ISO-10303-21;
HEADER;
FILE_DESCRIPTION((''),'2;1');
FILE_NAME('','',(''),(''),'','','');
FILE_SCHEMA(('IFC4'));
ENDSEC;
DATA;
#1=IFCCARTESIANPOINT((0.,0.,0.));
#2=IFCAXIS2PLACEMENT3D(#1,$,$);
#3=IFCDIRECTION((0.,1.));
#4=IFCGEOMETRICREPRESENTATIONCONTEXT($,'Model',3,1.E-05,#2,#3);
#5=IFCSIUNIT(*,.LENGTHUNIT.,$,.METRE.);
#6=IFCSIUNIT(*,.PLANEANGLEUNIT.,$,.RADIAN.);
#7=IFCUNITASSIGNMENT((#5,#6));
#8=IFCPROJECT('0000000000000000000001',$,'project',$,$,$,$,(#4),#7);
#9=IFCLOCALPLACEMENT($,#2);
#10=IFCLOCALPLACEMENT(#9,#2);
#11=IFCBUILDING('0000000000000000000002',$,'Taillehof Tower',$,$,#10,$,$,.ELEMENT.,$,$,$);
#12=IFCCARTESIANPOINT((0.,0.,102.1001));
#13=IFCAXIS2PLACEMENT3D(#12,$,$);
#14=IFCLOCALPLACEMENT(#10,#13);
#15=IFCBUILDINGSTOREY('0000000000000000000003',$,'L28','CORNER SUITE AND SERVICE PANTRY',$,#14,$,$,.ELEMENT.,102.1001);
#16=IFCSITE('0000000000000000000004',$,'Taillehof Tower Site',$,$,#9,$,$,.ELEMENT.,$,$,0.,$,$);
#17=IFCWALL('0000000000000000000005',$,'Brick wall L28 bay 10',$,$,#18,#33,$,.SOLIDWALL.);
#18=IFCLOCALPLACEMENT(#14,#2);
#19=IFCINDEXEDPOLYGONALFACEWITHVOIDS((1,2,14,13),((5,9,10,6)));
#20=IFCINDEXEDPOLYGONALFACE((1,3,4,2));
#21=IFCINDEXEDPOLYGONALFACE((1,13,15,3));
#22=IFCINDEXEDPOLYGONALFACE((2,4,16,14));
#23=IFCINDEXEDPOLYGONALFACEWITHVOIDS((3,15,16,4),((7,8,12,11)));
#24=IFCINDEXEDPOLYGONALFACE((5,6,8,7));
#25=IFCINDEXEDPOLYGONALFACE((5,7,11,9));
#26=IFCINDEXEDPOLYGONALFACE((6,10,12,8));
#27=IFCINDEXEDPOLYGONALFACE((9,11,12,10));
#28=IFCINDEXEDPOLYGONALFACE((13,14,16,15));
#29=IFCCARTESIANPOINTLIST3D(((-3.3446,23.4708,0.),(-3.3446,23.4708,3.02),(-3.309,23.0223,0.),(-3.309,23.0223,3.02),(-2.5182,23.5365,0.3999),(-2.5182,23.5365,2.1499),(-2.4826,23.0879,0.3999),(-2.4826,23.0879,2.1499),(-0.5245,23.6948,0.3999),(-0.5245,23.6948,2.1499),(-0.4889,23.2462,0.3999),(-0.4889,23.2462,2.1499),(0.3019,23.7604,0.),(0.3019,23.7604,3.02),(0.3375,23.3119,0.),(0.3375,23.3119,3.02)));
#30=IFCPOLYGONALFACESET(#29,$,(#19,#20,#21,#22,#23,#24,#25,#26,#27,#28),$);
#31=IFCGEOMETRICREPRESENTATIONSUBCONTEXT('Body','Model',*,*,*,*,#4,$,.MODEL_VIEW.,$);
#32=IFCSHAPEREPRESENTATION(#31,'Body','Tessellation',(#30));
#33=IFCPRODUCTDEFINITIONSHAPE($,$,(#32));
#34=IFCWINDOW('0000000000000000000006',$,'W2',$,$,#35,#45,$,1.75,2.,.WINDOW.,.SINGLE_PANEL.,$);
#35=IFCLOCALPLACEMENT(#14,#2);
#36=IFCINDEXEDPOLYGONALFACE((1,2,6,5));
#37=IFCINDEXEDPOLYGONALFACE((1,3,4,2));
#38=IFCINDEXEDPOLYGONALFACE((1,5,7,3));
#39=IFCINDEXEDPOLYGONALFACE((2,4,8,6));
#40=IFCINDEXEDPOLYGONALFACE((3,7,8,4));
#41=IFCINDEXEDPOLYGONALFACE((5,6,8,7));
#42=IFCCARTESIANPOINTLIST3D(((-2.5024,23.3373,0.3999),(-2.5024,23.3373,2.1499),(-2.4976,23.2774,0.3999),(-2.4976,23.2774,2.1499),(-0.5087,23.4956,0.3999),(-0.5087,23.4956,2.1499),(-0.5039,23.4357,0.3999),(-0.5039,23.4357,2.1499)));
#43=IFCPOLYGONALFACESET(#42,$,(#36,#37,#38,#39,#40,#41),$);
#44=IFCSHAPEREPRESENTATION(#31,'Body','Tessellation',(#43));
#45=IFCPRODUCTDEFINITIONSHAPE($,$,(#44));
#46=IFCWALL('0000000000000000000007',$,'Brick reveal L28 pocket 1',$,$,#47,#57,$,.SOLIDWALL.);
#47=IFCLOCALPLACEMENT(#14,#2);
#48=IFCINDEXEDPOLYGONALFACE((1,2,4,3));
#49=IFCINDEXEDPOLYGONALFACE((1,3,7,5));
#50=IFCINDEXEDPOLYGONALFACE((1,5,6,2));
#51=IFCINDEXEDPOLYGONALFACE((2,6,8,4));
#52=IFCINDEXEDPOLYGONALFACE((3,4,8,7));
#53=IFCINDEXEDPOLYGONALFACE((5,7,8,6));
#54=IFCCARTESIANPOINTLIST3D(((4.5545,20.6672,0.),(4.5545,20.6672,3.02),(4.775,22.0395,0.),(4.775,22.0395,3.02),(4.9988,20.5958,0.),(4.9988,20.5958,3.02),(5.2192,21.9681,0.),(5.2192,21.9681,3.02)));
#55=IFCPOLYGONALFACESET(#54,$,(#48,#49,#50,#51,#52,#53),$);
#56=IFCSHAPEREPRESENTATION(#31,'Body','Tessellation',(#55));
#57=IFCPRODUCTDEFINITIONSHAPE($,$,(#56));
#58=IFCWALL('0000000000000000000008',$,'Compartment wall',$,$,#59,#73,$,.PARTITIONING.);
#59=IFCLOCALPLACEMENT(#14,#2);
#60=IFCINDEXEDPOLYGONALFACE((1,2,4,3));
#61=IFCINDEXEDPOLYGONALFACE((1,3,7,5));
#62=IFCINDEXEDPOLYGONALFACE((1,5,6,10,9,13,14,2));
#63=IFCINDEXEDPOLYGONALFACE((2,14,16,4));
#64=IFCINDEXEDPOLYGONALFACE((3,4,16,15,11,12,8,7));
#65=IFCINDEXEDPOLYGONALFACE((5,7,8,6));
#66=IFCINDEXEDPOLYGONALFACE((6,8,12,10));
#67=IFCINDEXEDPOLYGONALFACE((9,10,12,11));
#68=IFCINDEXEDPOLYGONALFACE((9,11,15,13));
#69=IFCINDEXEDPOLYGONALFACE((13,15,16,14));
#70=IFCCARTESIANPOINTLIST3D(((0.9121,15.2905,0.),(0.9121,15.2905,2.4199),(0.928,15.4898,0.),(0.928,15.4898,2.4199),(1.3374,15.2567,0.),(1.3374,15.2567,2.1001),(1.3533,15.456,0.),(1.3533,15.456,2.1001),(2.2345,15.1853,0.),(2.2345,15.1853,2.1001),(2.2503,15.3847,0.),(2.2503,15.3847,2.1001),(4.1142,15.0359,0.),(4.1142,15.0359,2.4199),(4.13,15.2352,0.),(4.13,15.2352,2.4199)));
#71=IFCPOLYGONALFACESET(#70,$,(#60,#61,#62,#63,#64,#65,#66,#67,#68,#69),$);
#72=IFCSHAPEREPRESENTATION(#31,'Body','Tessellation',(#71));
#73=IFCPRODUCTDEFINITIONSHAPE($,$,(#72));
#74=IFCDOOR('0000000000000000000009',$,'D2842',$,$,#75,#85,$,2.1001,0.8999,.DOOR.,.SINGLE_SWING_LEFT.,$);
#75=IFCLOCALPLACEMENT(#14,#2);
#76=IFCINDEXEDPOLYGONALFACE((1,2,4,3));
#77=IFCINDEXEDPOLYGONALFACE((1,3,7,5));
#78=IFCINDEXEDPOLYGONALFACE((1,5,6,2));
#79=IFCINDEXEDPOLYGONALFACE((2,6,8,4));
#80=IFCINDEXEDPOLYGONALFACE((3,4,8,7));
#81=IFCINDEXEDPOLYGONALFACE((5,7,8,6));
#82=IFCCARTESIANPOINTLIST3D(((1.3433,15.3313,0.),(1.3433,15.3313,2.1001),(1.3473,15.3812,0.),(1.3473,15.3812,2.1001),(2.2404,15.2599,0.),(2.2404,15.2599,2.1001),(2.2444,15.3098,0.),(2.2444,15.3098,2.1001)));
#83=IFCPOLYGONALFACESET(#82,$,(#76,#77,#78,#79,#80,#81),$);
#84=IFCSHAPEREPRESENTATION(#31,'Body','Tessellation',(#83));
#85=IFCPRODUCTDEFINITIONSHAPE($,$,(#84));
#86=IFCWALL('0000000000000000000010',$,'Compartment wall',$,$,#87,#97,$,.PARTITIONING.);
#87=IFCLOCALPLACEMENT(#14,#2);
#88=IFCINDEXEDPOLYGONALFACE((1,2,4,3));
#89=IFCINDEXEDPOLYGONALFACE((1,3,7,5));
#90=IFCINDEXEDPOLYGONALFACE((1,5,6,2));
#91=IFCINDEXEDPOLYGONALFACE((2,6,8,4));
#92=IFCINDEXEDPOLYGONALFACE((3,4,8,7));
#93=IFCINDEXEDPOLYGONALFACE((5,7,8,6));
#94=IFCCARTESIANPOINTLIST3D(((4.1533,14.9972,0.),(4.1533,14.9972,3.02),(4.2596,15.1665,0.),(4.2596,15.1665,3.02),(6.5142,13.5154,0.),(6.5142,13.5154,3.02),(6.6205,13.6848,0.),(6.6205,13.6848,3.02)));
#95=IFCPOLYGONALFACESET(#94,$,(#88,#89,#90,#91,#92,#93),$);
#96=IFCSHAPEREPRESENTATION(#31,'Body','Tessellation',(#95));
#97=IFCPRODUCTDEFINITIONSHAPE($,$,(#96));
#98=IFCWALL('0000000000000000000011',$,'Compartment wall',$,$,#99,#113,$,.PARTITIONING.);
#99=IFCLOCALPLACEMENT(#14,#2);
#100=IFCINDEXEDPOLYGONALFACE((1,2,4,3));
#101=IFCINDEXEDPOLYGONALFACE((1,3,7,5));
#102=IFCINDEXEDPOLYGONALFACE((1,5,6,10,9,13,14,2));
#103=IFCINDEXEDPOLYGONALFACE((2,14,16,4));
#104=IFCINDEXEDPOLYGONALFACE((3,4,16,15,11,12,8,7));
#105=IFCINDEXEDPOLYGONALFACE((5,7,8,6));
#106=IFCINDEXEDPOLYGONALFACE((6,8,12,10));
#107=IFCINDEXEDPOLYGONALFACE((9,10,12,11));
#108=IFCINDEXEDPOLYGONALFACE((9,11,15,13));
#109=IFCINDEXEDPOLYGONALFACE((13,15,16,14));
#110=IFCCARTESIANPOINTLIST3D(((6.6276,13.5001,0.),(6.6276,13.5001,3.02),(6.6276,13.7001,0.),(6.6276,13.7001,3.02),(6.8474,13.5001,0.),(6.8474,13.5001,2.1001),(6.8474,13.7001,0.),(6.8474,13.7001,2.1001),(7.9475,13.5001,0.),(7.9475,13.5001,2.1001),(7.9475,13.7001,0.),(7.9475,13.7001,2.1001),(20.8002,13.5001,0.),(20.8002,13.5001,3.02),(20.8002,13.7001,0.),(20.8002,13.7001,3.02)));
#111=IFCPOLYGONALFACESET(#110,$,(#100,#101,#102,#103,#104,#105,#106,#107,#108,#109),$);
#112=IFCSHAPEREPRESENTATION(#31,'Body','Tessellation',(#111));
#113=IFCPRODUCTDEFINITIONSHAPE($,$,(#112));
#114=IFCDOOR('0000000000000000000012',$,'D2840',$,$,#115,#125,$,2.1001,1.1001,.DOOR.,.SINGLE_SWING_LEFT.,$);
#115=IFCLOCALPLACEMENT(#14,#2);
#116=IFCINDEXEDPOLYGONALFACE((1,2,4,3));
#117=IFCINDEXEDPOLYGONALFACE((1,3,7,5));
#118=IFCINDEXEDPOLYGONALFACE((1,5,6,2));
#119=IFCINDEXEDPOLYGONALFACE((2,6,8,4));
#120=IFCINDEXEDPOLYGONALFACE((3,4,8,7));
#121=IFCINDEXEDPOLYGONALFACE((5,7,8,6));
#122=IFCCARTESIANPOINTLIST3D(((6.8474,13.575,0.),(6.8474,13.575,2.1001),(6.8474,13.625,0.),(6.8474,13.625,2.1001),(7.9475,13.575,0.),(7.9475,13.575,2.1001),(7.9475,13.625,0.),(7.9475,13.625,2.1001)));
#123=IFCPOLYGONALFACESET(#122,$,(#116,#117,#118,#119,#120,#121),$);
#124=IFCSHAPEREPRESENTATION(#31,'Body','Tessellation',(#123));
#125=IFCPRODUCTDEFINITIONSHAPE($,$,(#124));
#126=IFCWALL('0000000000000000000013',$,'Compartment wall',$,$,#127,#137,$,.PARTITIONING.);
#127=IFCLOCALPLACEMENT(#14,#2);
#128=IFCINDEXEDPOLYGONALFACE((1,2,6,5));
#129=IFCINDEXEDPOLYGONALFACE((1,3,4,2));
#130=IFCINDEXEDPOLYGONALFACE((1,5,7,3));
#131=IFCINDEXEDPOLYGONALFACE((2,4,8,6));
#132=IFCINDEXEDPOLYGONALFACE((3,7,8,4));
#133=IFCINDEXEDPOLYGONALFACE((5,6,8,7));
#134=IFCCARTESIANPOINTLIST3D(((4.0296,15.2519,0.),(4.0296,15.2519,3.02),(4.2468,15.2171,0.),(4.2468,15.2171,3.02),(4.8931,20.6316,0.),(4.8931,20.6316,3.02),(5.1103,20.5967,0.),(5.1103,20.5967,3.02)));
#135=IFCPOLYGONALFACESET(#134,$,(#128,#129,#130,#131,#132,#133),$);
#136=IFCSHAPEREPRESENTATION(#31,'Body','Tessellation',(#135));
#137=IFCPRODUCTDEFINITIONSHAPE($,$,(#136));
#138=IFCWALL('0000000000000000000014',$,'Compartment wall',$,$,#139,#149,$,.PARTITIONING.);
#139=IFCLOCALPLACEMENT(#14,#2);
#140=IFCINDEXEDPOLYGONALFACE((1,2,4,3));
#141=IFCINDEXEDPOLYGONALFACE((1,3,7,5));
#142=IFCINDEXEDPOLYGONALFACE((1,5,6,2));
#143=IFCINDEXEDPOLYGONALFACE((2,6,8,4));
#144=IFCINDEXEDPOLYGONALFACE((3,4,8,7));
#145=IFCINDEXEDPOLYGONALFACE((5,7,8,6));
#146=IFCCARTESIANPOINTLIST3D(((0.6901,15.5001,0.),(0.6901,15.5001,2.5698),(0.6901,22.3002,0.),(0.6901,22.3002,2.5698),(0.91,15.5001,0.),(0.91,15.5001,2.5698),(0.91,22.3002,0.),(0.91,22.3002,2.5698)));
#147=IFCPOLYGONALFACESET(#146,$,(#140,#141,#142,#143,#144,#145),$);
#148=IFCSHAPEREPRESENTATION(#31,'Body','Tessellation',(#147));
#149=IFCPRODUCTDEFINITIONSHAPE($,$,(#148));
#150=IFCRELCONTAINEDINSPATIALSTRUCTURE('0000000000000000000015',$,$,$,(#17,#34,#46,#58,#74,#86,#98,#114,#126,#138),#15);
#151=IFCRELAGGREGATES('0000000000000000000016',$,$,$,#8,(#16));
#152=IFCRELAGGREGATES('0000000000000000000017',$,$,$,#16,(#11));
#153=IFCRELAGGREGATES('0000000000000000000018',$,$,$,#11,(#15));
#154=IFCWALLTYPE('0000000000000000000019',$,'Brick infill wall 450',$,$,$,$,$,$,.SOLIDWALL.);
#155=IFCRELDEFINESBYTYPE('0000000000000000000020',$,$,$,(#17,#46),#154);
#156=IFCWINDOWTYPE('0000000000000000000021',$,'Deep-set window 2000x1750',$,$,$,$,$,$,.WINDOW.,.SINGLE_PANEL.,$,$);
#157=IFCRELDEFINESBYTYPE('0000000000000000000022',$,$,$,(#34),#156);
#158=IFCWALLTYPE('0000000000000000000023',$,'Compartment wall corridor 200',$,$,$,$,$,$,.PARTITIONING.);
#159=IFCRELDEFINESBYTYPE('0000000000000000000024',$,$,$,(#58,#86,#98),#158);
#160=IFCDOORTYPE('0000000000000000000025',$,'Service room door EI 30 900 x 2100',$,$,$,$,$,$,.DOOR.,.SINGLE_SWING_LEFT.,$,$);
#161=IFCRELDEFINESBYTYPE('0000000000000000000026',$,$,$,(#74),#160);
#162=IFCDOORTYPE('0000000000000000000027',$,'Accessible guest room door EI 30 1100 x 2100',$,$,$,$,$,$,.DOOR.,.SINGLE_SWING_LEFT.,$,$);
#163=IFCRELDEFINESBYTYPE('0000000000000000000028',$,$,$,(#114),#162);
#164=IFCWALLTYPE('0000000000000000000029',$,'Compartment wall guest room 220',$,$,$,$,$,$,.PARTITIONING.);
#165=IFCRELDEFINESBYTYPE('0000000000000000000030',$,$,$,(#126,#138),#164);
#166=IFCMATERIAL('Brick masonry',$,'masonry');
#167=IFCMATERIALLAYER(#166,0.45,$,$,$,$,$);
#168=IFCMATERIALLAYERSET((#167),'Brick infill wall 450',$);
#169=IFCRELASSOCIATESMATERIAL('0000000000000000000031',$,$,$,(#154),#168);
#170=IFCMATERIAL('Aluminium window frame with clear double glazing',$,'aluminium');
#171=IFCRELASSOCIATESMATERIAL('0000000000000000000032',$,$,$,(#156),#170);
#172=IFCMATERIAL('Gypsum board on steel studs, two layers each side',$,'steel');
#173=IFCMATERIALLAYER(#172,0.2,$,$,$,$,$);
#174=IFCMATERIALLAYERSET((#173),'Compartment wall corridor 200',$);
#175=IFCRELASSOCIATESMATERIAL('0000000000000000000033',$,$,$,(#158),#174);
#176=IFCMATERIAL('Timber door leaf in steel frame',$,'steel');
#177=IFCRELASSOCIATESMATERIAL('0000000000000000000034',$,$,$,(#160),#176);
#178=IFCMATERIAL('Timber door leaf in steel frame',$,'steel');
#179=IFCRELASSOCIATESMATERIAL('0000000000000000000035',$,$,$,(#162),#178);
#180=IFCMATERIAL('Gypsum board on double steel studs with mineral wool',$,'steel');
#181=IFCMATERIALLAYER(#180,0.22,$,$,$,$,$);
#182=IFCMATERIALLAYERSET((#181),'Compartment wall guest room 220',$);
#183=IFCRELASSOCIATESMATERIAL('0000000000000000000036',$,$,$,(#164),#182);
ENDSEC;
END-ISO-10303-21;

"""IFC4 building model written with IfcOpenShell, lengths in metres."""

from ifc_helpers import new_model, si_unit, direction, frame, frame_2d, origin, place, context, subcontext, project, spatial, rectangle, extrude, material, layer, layer_set, type_object, element, fill, save


model = new_model("IFC4")

# Units and contexts
model_context = context("Model", 3, precision=1e-05, world=origin(), true_north=direction((0.0, 1.0)))
body_context = subcontext(model_context, "Body", "Model", "MODEL_VIEW")
ifc_project = project(units=[si_unit("LENGTHUNIT", "METRE"), si_unit("PLANEANGLEUNIT", "RADIAN")], contexts=[model_context])

# Site, building, storey
site_placement = place(None, origin())
site = spatial("IfcSite", under=ifc_project, at=site_placement, Name="Taillehof Tower Site", CompositionType="ELEMENT", RefElevation=0.0)
building_placement = place(site_placement, origin())
building = spatial("IfcBuilding", under=site, at=building_placement, Name="Taillehof Tower", CompositionType="ELEMENT")
storey_placement = place(building_placement, frame((0.0, 0.0, 102.1001)))
storey = spatial("IfcBuildingStorey", under=building, at=storey_placement, Name="L28", Description="CORNER SUITE AND SERVICE PANTRY", CompositionType="ELEMENT", Elevation=102.1001)

# Wall, opening, window
ifc_material_1 = material(Name="Brick masonry", Category="masonry")
ifc_layer_1 = layer(ifc_material_1, 0.45)
ifc_layer_set_1 = layer_set([ifc_layer_1], Name="Brick infill wall 450")
wall_type_1 = type_object("IfcWallType", Name="Brick infill wall 450", PredefinedType="SOLIDWALL", material=ifc_layer_set_1)
ifc_material_2 = material(Name="Aluminium window frame with clear double glazing", Category="aluminium")
window_type_1 = type_object("IfcWindowType", Name="Deep-set window 2000x1750", PartitioningType="SINGLE_PANEL", PredefinedType="WINDOW", material=ifc_material_2)
wall_1_placement = place(storey_placement, frame((0.3198, 23.5361, 0.0), z_axis=(0.0, 0.0, 1.0), x_axis=(-0.996862, -0.079156, 0.0)))
wall_1 = element("IfcWall", 1, at=wall_1_placement, inside=storey, type_object=wall_type_1, Name="Brick wall L28 bay 10", PredefinedType="SOLIDWALL", context=body_context, shape_type="SweptSolid", body=[
    extrude(rectangle(XDim=3.658, YDim=0.45, at=frame_2d((1.8291, 0.0))), origin(), (0.0, 0.0, 1.0), 3.02),
])
opening_1_placement = place(wall_1_placement, frame((0.8291, 0.0, 0.3999)))
opening_1 = element("IfcOpeningElement", 2, at=opening_1_placement, cuts=wall_1, PredefinedType="OPENING", context=body_context, shape_type="SweptSolid", body=[
    extrude(rectangle(XDim=2.0, YDim=1.75, at=frame_2d((1.0, 0.875))), frame((0.0, 0.2349, 0.0), z_axis=(0.0, -1.0, 0.0), x_axis=(1.0, 0.0, 0.0)), (0.0, 0.0, 1.0), 0.47),
])
window_1_placement = place(opening_1_placement, origin())
window_1 = element("IfcWindow", 3, at=window_1_placement, inside=storey, type_object=window_type_1, Name="W2", OverallHeight=1.75, OverallWidth=2.0, PartitioningType="SINGLE_PANEL", PredefinedType="WINDOW", context=body_context, shape_type="SweptSolid", body=[
    extrude(rectangle(XDim=2.0, YDim=1.75, at=frame_2d((1.0, 0.875))), frame((0.0, 0.0349, 0.0), z_axis=(0.0, -1.0, 0.0), x_axis=(1.0, 0.0, 0.0)), (0.0, 0.0, 1.0), 0.0601),
])
fill(opening_1, window_1)

# Wall
wall_2_placement = place(storey_placement, frame((4.9971, 22.0037, 0.0), z_axis=(0.0, 0.0, 1.0), x_axis=(-0.158614, -0.987341, 0.0)))
element("IfcWall", 4, at=wall_2_placement, inside=storey, type_object=wall_type_1, Name="Brick reveal L28 pocket 1", PredefinedType="SOLIDWALL", context=body_context, shape_type="SweptSolid", body=[
    extrude(rectangle(XDim=1.3899, YDim=0.45, at=frame_2d((0.6948, 0.0))), origin(), (0.0, 0.0, 1.0), 3.02),
])

# Wall, opening, door
ifc_material_3 = material(Name="Gypsum board on steel studs, two layers each side", Category="steel")
ifc_layer_2 = layer(ifc_material_3, 0.2)
ifc_layer_set_2 = layer_set([ifc_layer_2], Name="Compartment wall corridor 200")
wall_type_2 = type_object("IfcWallType", Name="Compartment wall corridor 200", PredefinedType="PARTITIONING", material=ifc_layer_set_2)
wall_3_placement = place(storey_placement, frame((0.9202, 15.3901, 0.0), z_axis=(0.0, 0.0, 1.0), x_axis=(0.996853, -0.079271, 0.0)))
wall_3 = element("IfcWall", 5, at=wall_3_placement, inside=storey, type_object=wall_type_2, Name="Compartment wall", PredefinedType="PARTITIONING", context=body_context, shape_type="SweptSolid", body=[
    extrude(rectangle(XDim=3.2122, YDim=0.2, at=frame_2d((1.606, 0.0))), origin(), (0.0, 0.0, 1.0), 2.4199),
])
opening_2_placement = place(wall_3_placement, frame((0.4265, 0.0, 0.0)))
opening_2 = element("IfcOpeningElement", 6, at=opening_2_placement, cuts=wall_3, PredefinedType="OPENING", context=body_context, shape_type="SweptSolid", body=[
    extrude(rectangle(XDim=0.8999, YDim=2.1001, at=frame_2d((0.45, 1.05))), frame((0.0, 0.1099, 0.0), z_axis=(0.0, -1.0, 0.0), x_axis=(1.0, 0.0, 0.0)), (0.0, 0.0, 1.0), 0.22),
])
ifc_material_4 = material(Name="Timber door leaf in steel frame", Category="steel")
door_type_1 = type_object("IfcDoorType", Name="Service room door EI 30 900 x 2100", OperationType="SINGLE_SWING_LEFT", PredefinedType="DOOR", material=ifc_material_4)
door_1_placement = place(opening_2_placement, origin())
door_1 = element("IfcDoor", 7, at=door_1_placement, inside=storey, type_object=door_type_1, Name="D2842", OperationType="SINGLE_SWING_LEFT", OverallHeight=2.1001, OverallWidth=0.8999, PredefinedType="DOOR", context=body_context, shape_type="SweptSolid", body=[
    extrude(rectangle(XDim=0.8999, YDim=2.1001, at=frame_2d((0.45, 1.05))), frame((0.0, 0.0249, 0.0), z_axis=(0.0, -1.0, 0.0), x_axis=(1.0, 0.0, 0.0)), (0.0, 0.0, 1.0), 0.05),
])
fill(opening_2, door_1)

# Wall
wall_4_placement = place(storey_placement, frame((4.2065, 15.0818, 0.0), z_axis=(0.0, 0.0, 1.0), x_axis=(0.847003, -0.531588, 0.0)))
element("IfcWall", 8, at=wall_4_placement, inside=storey, type_object=wall_type_2, Name="Compartment wall", PredefinedType="PARTITIONING", context=body_context, shape_type="SweptSolid", body=[
    extrude(rectangle(XDim=2.7874, YDim=0.2, at=frame_2d((1.3936, 0.0))), origin(), (0.0, 0.0, 1.0), 3.02),
])

# Wall, opening, door
wall_5_placement = place(storey_placement, frame((6.6274, 13.6001, 0.0), z_axis=(0.0, 0.0, 1.0), x_axis=(1.0, 0.0, 0.0)))
wall_5 = element("IfcWall", 9, at=wall_5_placement, inside=storey, type_object=wall_type_2, Name="Compartment wall", PredefinedType="PARTITIONING", context=body_context, shape_type="SweptSolid", body=[
    extrude(rectangle(XDim=14.1726, YDim=0.2, at=frame_2d((7.0864, 0.0))), origin(), (0.0, 0.0, 1.0), 3.02),
])
opening_3_placement = place(wall_5_placement, frame((0.22, 0.0, 0.0)))
opening_3 = element("IfcOpeningElement", 10, at=opening_3_placement, cuts=wall_5, PredefinedType="OPENING", context=body_context, shape_type="SweptSolid", body=[
    extrude(rectangle(XDim=1.1001, YDim=2.1001, at=frame_2d((0.55, 1.05))), frame((0.0, 0.1099, 0.0), z_axis=(0.0, -1.0, 0.0), x_axis=(1.0, 0.0, 0.0)), (0.0, 0.0, 1.0), 0.22),
])
ifc_material_5 = material(Name="Timber door leaf in steel frame", Category="steel")
door_type_2 = type_object("IfcDoorType", Name="Accessible guest room door EI 30 1100 x 2100", OperationType="SINGLE_SWING_LEFT", PredefinedType="DOOR", material=ifc_material_5)
door_2_placement = place(opening_3_placement, origin())
door_2 = element("IfcDoor", 11, at=door_2_placement, inside=storey, type_object=door_type_2, Name="D2840", OperationType="SINGLE_SWING_LEFT", OverallHeight=2.1001, OverallWidth=1.1001, PredefinedType="DOOR", context=body_context, shape_type="SweptSolid", body=[
    extrude(rectangle(XDim=1.1001, YDim=2.1001, at=frame_2d((0.55, 1.05))), frame((0.0, 0.0249, 0.0), z_axis=(0.0, -1.0, 0.0), x_axis=(1.0, 0.0, 0.0)), (0.0, 0.0, 1.0), 0.05),
])
fill(opening_3, door_2)

# Walls
ifc_material_6 = material(Name="Gypsum board on double steel studs with mineral wool", Category="steel")
ifc_layer_3 = layer(ifc_material_6, 0.22)
ifc_layer_set_3 = layer_set([ifc_layer_3], Name="Compartment wall guest room 220")
wall_type_3 = type_object("IfcWallType", Name="Compartment wall guest room 220", PredefinedType="PARTITIONING", material=ifc_layer_set_3)
wall_6_placement = place(storey_placement, frame((5.0017, 20.614, 0.0), z_axis=(0.0, 0.0, 1.0), x_axis=(-0.158489, -0.987361, 0.0)))
element("IfcWall", 12, at=wall_6_placement, inside=storey, type_object=wall_type_3, Name="Compartment wall", PredefinedType="PARTITIONING", context=body_context, shape_type="SweptSolid", body=[
    extrude(rectangle(XDim=5.4485, YDim=0.22, at=frame_2d((2.7241, 0.0))), origin(), (0.0, 0.0, 1.0), 3.02),
])
wall_7_placement = place(storey_placement, frame((0.8, 22.3, 0.0), z_axis=(0.0, 0.0, 1.0), x_axis=(0.0, -1.0, 0.0)))
element("IfcWall", 13, at=wall_7_placement, inside=storey, type_object=wall_type_3, Name="Compartment wall", PredefinedType="PARTITIONING", context=body_context, shape_type="SweptSolid", body=[
    extrude(rectangle(XDim=6.8, YDim=0.22, at=frame_2d((3.3999, 0.0))), origin(), (0.0, 0.0, 1.0), 2.5698),
])

save(model, "model.ifc")
